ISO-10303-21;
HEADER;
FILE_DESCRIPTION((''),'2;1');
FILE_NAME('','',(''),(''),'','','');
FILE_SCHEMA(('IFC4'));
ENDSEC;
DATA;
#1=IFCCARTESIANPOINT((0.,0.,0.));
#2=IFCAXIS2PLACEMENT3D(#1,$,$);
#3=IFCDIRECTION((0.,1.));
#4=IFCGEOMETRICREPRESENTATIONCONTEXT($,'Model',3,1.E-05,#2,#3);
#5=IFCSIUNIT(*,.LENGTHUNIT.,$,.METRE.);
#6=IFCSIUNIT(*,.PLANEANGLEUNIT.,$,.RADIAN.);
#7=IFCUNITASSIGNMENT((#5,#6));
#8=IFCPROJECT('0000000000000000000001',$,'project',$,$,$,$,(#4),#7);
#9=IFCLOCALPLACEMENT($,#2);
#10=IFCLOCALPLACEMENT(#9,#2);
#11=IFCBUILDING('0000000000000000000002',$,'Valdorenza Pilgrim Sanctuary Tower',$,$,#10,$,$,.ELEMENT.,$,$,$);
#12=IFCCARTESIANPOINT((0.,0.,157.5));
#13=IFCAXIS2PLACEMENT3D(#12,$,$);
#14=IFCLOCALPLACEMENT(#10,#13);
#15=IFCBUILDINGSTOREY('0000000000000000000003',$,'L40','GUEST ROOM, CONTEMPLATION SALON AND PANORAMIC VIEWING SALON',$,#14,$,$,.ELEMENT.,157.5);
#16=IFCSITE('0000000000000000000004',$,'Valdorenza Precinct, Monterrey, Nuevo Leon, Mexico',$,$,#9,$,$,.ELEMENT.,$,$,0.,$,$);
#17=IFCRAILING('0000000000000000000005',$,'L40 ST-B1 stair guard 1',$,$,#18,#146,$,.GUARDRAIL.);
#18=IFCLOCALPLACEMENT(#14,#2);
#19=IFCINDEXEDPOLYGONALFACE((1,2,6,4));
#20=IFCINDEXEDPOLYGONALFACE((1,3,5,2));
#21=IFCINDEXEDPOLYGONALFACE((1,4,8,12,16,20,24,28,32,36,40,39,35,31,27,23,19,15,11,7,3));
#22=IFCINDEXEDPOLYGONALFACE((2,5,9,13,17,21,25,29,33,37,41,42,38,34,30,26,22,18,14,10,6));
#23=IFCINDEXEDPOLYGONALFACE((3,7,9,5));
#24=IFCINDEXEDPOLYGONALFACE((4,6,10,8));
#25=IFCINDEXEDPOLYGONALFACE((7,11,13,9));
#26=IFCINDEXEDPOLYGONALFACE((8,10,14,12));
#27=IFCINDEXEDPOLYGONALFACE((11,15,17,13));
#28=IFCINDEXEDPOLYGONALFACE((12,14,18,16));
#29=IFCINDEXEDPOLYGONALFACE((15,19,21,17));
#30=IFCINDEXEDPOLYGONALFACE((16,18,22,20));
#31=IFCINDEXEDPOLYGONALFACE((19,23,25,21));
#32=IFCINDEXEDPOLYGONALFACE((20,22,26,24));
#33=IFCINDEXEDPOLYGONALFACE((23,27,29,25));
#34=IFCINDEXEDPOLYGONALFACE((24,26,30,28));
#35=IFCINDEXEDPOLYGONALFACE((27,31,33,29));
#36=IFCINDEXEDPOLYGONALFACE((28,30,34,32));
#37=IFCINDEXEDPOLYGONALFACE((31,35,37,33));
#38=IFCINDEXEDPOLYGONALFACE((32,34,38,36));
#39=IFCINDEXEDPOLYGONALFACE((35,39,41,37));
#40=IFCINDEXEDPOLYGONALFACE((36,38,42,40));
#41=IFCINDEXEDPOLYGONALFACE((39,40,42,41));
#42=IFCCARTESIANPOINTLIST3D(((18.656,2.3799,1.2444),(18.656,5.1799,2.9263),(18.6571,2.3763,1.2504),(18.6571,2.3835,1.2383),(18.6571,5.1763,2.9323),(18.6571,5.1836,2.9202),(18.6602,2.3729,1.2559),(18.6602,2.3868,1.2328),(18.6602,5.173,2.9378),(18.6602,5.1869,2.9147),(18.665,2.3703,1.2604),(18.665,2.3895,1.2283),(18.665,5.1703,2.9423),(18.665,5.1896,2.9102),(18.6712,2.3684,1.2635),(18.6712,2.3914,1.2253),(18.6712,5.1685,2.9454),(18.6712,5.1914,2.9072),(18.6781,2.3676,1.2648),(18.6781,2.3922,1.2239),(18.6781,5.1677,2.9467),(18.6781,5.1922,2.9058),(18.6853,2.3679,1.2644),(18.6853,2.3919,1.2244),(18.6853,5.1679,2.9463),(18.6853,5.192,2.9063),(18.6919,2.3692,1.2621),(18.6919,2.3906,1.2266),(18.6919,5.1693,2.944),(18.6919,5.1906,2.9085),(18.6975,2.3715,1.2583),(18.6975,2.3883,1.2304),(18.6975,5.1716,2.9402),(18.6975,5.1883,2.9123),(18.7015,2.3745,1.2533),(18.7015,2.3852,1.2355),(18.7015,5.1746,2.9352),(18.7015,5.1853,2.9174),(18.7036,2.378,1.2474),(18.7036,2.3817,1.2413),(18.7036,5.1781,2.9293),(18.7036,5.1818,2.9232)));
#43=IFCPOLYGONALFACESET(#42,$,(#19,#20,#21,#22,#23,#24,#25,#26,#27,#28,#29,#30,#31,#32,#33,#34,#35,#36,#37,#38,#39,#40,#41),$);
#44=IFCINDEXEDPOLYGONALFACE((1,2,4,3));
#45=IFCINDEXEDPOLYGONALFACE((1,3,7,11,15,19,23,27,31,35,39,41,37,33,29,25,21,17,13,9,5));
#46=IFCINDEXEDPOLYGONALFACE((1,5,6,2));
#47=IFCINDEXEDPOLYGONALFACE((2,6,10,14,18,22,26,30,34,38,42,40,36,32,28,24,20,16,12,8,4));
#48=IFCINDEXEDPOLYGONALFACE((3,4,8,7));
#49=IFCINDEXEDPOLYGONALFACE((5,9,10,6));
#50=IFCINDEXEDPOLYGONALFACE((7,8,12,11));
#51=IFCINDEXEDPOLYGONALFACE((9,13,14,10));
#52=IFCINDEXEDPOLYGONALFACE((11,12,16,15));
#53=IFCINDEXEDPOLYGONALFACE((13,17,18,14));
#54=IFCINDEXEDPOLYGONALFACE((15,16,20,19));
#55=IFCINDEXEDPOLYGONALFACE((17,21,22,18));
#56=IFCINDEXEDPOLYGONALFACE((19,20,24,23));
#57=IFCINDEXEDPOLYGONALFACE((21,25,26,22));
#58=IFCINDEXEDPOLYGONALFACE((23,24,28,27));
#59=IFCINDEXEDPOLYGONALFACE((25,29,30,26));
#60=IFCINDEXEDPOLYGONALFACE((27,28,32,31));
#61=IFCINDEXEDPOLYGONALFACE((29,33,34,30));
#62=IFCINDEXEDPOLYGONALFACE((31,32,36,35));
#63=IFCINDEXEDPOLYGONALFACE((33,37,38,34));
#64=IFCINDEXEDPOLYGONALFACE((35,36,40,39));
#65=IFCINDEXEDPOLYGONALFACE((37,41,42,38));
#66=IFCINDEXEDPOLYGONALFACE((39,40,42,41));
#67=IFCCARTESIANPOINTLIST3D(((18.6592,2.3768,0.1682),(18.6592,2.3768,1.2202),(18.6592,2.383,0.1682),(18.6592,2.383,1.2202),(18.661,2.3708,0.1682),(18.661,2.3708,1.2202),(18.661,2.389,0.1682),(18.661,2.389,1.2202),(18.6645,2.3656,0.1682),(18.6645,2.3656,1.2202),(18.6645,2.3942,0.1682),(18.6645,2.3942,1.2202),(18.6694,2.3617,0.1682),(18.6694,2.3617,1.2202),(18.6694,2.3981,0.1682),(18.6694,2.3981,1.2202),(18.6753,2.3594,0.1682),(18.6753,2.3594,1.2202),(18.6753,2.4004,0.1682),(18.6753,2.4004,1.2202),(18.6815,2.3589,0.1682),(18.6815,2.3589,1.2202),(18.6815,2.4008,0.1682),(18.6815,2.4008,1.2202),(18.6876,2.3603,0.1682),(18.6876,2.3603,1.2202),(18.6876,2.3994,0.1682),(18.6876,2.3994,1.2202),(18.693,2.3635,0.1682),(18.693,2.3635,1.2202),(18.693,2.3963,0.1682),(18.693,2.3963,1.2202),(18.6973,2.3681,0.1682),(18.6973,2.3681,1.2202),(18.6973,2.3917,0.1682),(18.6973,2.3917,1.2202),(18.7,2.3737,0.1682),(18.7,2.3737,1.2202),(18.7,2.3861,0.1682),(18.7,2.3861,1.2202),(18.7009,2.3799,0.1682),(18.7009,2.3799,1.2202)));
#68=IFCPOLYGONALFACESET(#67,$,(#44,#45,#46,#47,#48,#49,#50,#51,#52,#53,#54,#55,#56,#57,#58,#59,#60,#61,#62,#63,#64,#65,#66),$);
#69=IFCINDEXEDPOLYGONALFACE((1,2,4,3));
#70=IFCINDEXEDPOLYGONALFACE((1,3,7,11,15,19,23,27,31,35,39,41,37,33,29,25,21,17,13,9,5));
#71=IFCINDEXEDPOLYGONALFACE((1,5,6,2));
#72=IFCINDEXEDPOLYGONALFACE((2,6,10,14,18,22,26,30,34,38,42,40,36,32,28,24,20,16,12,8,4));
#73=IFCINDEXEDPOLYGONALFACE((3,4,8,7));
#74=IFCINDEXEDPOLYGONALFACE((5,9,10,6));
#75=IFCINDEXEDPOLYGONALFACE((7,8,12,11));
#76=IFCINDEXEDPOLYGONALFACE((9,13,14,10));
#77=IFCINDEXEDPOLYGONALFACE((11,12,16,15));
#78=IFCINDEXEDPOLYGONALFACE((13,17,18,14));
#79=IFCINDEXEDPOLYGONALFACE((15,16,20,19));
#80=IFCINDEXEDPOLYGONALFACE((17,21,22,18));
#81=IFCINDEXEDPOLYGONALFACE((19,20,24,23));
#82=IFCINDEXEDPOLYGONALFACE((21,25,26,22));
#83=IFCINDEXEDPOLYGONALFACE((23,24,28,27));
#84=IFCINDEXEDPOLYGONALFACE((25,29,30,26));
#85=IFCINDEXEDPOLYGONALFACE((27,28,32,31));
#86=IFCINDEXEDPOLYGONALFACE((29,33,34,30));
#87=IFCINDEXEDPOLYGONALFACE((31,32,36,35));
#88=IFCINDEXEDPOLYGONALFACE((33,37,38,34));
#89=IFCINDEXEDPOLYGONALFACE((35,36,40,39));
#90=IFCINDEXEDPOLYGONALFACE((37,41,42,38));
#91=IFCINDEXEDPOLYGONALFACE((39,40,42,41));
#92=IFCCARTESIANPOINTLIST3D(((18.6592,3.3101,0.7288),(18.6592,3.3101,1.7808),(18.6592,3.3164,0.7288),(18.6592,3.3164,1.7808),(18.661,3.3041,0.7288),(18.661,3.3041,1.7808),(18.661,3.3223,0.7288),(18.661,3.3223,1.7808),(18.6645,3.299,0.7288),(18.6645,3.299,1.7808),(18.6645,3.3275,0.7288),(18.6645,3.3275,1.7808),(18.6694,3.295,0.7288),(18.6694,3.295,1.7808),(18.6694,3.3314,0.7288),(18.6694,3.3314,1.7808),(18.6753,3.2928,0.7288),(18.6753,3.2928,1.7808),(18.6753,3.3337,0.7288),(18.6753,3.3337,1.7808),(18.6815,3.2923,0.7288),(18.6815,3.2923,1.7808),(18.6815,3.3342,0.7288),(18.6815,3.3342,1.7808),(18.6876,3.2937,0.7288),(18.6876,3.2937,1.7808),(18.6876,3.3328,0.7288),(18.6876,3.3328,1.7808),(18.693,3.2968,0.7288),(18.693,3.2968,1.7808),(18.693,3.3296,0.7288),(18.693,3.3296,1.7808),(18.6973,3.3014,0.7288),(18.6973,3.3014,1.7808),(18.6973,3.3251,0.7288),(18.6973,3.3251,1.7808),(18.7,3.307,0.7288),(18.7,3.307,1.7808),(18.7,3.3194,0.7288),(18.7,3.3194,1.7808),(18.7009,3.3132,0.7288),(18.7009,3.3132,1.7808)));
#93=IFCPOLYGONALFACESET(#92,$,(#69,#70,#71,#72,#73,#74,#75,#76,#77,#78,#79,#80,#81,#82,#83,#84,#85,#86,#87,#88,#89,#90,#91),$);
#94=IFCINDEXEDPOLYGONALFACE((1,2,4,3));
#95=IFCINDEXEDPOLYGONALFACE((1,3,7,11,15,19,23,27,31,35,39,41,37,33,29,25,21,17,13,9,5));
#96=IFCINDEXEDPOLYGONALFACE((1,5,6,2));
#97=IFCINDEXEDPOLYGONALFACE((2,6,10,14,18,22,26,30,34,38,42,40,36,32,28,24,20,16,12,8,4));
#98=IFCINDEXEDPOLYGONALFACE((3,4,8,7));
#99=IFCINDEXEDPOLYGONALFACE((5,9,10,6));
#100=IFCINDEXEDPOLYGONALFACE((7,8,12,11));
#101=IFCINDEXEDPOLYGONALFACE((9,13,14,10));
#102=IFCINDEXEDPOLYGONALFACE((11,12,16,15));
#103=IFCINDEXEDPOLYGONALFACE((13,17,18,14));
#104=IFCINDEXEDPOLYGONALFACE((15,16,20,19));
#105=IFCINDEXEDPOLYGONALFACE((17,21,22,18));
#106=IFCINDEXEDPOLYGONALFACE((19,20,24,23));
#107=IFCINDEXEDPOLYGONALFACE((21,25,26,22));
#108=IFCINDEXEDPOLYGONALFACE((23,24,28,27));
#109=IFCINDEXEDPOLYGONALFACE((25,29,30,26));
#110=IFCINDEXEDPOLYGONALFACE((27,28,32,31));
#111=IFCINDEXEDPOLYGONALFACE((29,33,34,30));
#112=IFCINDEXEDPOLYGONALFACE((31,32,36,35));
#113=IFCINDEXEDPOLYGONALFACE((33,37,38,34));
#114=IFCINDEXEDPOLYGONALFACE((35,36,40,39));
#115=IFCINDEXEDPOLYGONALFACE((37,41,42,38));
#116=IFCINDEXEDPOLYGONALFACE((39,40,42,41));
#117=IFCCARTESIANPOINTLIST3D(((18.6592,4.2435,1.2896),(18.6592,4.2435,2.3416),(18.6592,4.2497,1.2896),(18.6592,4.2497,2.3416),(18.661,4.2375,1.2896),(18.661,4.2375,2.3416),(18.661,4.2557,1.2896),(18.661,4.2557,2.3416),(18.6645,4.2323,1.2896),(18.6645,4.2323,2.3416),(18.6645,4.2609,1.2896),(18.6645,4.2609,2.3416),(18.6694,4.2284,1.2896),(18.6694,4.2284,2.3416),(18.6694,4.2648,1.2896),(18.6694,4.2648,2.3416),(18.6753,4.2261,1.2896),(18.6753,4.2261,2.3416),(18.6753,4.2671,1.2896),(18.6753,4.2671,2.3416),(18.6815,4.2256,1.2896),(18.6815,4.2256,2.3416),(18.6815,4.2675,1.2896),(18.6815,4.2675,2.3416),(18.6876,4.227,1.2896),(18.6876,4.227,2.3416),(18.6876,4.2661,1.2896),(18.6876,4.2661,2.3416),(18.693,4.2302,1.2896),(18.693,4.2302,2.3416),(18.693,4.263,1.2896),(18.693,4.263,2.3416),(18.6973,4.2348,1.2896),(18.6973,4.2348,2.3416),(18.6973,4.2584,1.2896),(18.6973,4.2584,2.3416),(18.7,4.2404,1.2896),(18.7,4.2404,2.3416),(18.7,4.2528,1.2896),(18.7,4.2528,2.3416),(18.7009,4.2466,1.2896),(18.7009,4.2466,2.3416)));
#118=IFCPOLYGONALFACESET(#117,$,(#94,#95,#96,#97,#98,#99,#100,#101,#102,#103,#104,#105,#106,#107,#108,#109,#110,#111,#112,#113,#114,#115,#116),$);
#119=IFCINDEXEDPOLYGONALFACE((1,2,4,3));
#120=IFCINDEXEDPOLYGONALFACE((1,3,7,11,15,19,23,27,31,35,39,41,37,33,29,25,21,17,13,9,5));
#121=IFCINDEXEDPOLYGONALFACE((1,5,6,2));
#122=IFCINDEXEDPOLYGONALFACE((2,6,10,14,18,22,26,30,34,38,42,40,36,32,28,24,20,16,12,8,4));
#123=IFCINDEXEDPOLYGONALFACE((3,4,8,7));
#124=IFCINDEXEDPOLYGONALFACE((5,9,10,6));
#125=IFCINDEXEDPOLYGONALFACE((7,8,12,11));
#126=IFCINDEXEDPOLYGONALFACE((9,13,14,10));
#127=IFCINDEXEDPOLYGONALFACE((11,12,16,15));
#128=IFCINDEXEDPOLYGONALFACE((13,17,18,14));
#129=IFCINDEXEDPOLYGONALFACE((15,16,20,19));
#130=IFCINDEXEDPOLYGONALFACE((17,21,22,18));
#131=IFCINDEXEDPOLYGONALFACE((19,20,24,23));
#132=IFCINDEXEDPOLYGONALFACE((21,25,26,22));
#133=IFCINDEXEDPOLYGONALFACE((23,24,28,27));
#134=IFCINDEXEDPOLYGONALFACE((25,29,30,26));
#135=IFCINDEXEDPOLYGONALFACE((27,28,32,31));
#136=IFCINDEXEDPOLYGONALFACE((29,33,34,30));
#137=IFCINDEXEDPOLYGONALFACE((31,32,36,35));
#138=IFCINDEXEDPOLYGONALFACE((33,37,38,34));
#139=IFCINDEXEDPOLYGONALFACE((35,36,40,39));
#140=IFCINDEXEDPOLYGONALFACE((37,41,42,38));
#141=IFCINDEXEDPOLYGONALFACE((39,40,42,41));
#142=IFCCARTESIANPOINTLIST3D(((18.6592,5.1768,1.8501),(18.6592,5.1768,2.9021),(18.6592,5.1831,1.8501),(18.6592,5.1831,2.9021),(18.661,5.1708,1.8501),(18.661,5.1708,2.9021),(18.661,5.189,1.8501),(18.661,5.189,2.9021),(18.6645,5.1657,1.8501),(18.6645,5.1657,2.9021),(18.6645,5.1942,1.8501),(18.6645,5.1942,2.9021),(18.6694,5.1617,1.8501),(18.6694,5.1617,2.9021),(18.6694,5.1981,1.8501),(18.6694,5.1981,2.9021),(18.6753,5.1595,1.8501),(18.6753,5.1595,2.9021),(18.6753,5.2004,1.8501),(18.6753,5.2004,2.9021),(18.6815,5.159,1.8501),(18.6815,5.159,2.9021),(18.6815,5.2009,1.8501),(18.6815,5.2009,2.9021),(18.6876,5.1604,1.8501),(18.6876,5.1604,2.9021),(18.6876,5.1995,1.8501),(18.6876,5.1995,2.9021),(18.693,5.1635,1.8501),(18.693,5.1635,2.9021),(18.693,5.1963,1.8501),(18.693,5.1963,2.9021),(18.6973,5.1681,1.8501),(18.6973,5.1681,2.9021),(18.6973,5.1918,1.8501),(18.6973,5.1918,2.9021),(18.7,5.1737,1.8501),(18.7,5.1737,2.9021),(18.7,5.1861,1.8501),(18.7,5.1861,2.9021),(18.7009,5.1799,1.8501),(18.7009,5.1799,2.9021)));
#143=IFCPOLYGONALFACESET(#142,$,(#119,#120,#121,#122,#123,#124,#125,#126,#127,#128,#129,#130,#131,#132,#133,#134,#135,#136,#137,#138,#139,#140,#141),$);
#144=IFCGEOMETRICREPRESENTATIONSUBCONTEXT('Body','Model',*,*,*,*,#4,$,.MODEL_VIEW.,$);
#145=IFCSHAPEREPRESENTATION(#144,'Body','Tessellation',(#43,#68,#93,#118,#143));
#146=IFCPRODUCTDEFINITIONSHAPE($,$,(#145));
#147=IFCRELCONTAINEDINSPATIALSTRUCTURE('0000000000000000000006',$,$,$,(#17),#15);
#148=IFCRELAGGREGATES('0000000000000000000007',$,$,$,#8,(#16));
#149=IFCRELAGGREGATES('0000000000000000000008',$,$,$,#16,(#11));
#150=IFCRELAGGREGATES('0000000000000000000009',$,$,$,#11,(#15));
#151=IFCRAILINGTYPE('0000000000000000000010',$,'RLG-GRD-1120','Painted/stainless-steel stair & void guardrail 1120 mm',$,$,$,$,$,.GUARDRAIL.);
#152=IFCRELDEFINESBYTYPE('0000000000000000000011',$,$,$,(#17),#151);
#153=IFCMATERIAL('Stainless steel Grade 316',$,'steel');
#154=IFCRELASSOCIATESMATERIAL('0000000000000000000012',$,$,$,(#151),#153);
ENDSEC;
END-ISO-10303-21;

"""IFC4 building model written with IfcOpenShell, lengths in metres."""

from ifc_helpers import new_model, si_unit, direction, frame, origin, origin_2d, place, context, subcontext, project, spatial, circle, extrude, material, type_object, element, save


model = new_model("IFC4")

# Units and contexts
model_context = context("Model", 3, precision=1e-05, world=origin(), true_north=direction((0.0, 1.0)))
body_context = subcontext(model_context, "Body", "Model", "MODEL_VIEW")
ifc_project = project(units=[si_unit("LENGTHUNIT", "METRE"), si_unit("PLANEANGLEUNIT", "RADIAN")], contexts=[model_context])

# Site, building, storey
site_placement = place(None, origin())
site = spatial("IfcSite", under=ifc_project, at=site_placement, Name="Valdorenza Precinct, Monterrey, Nuevo Leon, Mexico", CompositionType="ELEMENT", RefElevation=0.0)
building_placement = place(site_placement, origin())
building = spatial("IfcBuilding", under=site, at=building_placement, Name="Valdorenza Pilgrim Sanctuary Tower", CompositionType="ELEMENT")
storey_placement = place(building_placement, frame((0.0, 0.0, 157.5)))
storey = spatial("IfcBuildingStorey", under=building, at=storey_placement, Name="L40", Description="GUEST ROOM, CONTEMPLATION SALON AND PANORAMIC VIEWING SALON", CompositionType="ELEMENT", Elevation=157.5)

# Railing
ifc_material_1 = material(Name="Stainless steel Grade 316", Category="steel")
railing_type_1 = type_object("IfcRailingType", Name="RLG-GRD-1120", Description="Painted/stainless-steel stair & void guardrail 1120 mm", PredefinedType="GUARDRAIL", material=ifc_material_1)
railing_1_placement = place(storey_placement, frame((18.6799, 2.3799, 0.1682)))
element("IfcRailing", 1, at=railing_1_placement, inside=storey, type_object=railing_type_1, Name="L40 ST-B1 stair guard 1", PredefinedType="GUARDRAIL", context=body_context, shape_type="SweptSolid", body=[
    extrude(circle(Radius=0.0239, at=origin_2d()), frame((0.0, 0.0, 1.0762), z_axis=(0.0, 0.857242, 0.514913), x_axis=(-1.0, 0.0, 0.0)), (0.0, 0.0, 1.0), 3.2664),
    extrude(circle(Radius=0.021, at=origin_2d()), origin(), (0.0, 0.0, 1.0), 1.052),
    extrude(circle(Radius=0.021, at=origin_2d()), frame((0.0, 0.9333, 0.5605)), (0.0, 0.0, 1.0), 1.052),
    extrude(circle(Radius=0.021, at=origin_2d()), frame((0.0, 1.8667, 1.1213)), (0.0, 0.0, 1.0), 1.052),
    extrude(circle(Radius=0.021, at=origin_2d()), frame((0.0, 2.8, 1.6819)), (0.0, 0.0, 1.0), 1.052),
])

save(model, "model.ifc")
